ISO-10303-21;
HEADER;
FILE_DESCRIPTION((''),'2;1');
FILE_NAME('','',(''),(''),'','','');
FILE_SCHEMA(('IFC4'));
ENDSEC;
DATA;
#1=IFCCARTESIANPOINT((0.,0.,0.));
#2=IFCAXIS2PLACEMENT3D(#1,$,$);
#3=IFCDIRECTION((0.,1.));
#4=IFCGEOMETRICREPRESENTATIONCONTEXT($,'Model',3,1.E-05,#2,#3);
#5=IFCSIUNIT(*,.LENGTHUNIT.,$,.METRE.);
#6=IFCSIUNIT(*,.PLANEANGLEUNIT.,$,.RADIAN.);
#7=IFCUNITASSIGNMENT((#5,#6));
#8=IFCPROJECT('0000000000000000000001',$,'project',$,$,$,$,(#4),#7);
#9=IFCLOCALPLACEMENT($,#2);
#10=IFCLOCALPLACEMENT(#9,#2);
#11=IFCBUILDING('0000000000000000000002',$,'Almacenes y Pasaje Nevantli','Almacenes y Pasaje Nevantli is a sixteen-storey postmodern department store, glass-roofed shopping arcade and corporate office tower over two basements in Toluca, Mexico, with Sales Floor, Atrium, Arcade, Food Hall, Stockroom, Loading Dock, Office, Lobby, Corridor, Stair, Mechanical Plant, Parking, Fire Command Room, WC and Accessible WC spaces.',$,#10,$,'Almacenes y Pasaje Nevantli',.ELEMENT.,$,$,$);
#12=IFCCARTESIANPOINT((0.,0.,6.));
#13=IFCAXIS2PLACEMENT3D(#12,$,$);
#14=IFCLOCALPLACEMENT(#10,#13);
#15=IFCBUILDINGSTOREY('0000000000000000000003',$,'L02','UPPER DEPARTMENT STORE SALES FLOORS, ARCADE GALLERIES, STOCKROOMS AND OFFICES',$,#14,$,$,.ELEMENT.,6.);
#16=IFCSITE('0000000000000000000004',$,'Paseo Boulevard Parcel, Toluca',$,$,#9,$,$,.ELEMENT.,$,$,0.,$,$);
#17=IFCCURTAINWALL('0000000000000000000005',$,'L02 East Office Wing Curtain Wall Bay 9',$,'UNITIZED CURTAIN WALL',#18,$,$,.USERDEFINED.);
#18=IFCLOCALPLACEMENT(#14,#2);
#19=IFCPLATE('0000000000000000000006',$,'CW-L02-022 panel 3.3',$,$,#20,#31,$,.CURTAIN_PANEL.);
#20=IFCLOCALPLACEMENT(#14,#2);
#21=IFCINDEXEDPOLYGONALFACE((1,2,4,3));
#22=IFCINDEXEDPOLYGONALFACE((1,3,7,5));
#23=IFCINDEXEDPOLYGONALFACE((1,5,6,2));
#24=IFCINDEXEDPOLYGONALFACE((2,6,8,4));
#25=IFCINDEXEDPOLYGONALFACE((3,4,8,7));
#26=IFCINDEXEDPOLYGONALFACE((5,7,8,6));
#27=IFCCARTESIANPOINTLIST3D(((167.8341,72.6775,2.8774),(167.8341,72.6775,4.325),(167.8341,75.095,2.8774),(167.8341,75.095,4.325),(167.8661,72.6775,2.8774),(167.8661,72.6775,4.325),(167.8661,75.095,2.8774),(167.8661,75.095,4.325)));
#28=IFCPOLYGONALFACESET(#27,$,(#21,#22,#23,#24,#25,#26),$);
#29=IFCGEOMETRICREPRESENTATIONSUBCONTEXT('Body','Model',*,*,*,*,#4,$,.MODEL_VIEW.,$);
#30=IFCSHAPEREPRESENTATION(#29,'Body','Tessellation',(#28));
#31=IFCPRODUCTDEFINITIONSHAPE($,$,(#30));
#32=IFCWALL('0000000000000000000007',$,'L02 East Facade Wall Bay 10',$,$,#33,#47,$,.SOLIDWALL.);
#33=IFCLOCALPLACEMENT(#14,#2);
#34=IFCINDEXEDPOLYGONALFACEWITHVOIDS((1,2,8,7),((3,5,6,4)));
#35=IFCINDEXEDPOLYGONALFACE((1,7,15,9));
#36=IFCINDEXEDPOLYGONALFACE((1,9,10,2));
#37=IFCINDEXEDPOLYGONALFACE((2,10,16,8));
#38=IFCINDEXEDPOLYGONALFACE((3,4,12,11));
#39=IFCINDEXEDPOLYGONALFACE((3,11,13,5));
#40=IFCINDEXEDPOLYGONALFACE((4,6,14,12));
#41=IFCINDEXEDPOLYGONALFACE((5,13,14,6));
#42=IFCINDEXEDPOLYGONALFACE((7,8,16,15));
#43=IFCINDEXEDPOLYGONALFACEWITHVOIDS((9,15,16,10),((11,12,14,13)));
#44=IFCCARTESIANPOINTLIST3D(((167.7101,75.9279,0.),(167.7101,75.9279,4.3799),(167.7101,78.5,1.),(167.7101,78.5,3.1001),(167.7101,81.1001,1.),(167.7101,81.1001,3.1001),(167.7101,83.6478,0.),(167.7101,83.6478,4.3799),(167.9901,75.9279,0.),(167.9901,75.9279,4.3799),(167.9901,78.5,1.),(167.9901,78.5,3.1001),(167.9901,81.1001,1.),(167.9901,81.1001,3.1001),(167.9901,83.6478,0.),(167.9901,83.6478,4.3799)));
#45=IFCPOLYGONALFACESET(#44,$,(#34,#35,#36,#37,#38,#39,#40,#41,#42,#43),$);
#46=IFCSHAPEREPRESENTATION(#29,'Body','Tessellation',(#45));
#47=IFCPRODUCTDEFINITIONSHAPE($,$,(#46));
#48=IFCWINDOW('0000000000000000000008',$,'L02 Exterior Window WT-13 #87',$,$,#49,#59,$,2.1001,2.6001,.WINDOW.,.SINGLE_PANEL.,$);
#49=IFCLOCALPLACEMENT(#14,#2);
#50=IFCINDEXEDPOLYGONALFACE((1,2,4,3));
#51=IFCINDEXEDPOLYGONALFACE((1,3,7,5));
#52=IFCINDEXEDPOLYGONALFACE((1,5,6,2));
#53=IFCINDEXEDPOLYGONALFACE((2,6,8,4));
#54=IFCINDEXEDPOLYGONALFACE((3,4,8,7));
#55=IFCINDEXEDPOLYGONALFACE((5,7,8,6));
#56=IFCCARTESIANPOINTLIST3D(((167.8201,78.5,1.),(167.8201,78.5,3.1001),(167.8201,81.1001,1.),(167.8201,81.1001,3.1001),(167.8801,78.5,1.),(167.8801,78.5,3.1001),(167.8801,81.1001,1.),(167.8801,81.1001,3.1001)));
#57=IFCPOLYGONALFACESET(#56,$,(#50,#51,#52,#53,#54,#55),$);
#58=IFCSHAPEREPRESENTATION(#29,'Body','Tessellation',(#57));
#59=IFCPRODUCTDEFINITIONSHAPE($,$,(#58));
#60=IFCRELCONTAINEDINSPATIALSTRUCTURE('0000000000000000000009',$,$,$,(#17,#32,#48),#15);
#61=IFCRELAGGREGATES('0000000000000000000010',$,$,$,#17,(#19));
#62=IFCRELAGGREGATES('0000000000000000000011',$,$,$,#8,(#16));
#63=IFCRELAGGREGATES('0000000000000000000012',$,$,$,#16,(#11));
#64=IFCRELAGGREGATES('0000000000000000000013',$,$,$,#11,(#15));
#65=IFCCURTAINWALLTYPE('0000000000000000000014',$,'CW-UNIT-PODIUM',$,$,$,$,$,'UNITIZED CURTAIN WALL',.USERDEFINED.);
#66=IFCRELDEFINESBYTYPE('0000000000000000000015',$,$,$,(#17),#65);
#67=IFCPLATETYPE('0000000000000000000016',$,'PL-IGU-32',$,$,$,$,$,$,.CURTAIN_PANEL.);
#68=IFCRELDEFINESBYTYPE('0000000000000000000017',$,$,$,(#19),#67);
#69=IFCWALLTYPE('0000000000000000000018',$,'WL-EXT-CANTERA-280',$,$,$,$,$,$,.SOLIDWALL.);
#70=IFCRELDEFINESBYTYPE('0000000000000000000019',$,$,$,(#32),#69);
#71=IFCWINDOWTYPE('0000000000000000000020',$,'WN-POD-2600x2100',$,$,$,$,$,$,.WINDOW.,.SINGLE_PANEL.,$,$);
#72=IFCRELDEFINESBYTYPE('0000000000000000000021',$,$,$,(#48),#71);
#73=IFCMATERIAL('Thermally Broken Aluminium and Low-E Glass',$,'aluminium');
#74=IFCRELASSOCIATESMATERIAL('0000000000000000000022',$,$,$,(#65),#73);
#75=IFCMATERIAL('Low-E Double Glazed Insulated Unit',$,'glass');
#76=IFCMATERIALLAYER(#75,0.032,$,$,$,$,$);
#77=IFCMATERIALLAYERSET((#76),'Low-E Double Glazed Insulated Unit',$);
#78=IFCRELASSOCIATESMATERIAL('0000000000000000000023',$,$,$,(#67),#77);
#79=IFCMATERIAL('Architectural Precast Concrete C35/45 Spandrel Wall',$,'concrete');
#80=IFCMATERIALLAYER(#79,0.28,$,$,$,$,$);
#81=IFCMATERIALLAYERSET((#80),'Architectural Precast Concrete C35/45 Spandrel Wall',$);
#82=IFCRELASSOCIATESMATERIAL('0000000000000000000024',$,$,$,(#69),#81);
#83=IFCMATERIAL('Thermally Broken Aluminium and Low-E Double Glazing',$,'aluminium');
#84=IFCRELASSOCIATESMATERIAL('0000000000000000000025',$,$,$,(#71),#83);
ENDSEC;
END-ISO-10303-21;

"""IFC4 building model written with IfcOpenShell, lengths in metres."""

from ifc_helpers import new_model, si_unit, direction, frame, frame_2d, origin, origin_2d, place, context, subcontext, project, spatial, rectangle, extrude, material, layer, layer_set, type_object, element, fill, aggregate, save


model = new_model("IFC4")

# Units and contexts
model_context = context("Model", 3, precision=1e-05, world=origin(), true_north=direction((0.0, 1.0)))
body_context = subcontext(model_context, "Body", "Model", "MODEL_VIEW")
ifc_project = project(units=[si_unit("LENGTHUNIT", "METRE"), si_unit("PLANEANGLEUNIT", "RADIAN")], contexts=[model_context])

# Site, building, storey
site_placement = place(None, origin())
site = spatial("IfcSite", under=ifc_project, at=site_placement, Name="Paseo Boulevard Parcel, Toluca", CompositionType="ELEMENT", RefElevation=0.0)
building_placement = place(site_placement, origin())
building = spatial("IfcBuilding", under=site, at=building_placement, Name="Almacenes y Pasaje Nevantli", Description="Almacenes y Pasaje Nevantli is a sixteen-storey postmodern department store, glass-roofed shopping arcade and corporate office tower over two basements in Toluca, Mexico, with Sales Floor, Atrium, Arcade, Food Hall, Stockroom, Loading Dock, Office, Lobby, Corridor, Stair, Mechanical Plant, Parking, Fire Command Room, WC and Accessible WC spaces.", LongName="Almacenes y Pasaje Nevantli", CompositionType="ELEMENT")
storey_placement = place(building_placement, frame((0.0, 0.0, 6.0)))
storey = spatial("IfcBuildingStorey", under=building, at=storey_placement, Name="L02", Description="UPPER DEPARTMENT STORE SALES FLOORS, ARCADE GALLERIES, STOCKROOMS AND OFFICES", CompositionType="ELEMENT", Elevation=6.0)

# Curtain wall, plate
ifc_material_1 = material(Name="Thermally Broken Aluminium and Low-E Glass", Category="aluminium")
curtain_wall_type = type_object("IfcCurtainWallType", Name="CW-UNIT-PODIUM", ElementType="UNITIZED CURTAIN WALL", PredefinedType="USERDEFINED", material=ifc_material_1)
curtain_wall_placement = place(storey_placement, origin())
curtain_wall = element("IfcCurtainWall", 1, at=curtain_wall_placement, inside=storey, type_object=curtain_wall_type, Name="L02 East Office Wing Curtain Wall Bay 9", ObjectType="UNITIZED CURTAIN WALL", PredefinedType="USERDEFINED")
ifc_material_2 = material(Name="Low-E Double Glazed Insulated Unit", Category="glass")
ifc_layer_1 = layer(ifc_material_2, 0.032)
ifc_layer_set_1 = layer_set([ifc_layer_1], Name="Low-E Double Glazed Insulated Unit")
plate_type = type_object("IfcPlateType", Name="PL-IGU-32", PredefinedType="CURTAIN_PANEL", material=ifc_layer_set_1)
plate_1_placement = place(storey_placement, frame((167.8501, 73.8862, 2.8774), z_axis=(0.0, 0.0, 1.0), x_axis=(0.0, 1.0, 0.0)))
plate_1 = element("IfcPlate", 2, at=plate_1_placement, type_object=plate_type, Name="CW-L02-022 panel 3.3", PredefinedType="CURTAIN_PANEL", context=body_context, shape_type="SweptSolid", body=[
    extrude(rectangle(XDim=2.4175, YDim=0.032, at=origin_2d()), origin(), (0.0, 0.0, 1.0), 1.4475),
])
aggregate(curtain_wall, [plate_1])

# Wall, opening, window
ifc_material_3 = material(Name="Architectural Precast Concrete C35/45 Spandrel Wall", Category="concrete")
ifc_layer_2 = layer(ifc_material_3, 0.28)
ifc_layer_set_2 = layer_set([ifc_layer_2], Name="Architectural Precast Concrete C35/45 Spandrel Wall")
wall_type = type_object("IfcWallType", Name="WL-EXT-CANTERA-280", PredefinedType="SOLIDWALL", material=ifc_layer_set_2)
wall_placement = place(storey_placement, frame((167.8501, 75.928, 0.0), z_axis=(0.0, 0.0, 1.0), x_axis=(0.0, 1.0, 0.0)))
wall = element("IfcWall", 3, at=wall_placement, inside=storey, type_object=wall_type, Name="L02 East Facade Wall Bay 10", PredefinedType="SOLIDWALL", context=body_context, shape_type="SweptSolid", body=[
    extrude(rectangle(XDim=7.72, YDim=0.28, at=frame_2d((3.8599, 0.0))), origin(), (0.0, 0.0, 1.0), 4.3799),
])
opening_placement = place(wall_placement, frame((2.572, 0.0, 1.0)))
opening = element("IfcOpeningElement", 4, at=opening_placement, cuts=wall, PredefinedType="OPENING", context=body_context, shape_type="SweptSolid", body=[
    extrude(rectangle(XDim=2.6001, YDim=2.1001, at=frame_2d((1.3, 1.05))), frame((0.0, 0.1499, 0.0), z_axis=(0.0, -1.0, 0.0), x_axis=(1.0, 0.0, 0.0)), (0.0, 0.0, 1.0), 0.3),
])
ifc_material_4 = material(Name="Thermally Broken Aluminium and Low-E Double Glazing", Category="aluminium")
window_type = type_object("IfcWindowType", Name="WN-POD-2600x2100", PartitioningType="SINGLE_PANEL", PredefinedType="WINDOW", material=ifc_material_4)
window_placement = place(opening_placement, origin())
window = element("IfcWindow", 5, at=window_placement, inside=storey, type_object=window_type, Name="L02 Exterior Window WT-13 #87", OverallHeight=2.1001, OverallWidth=2.6001, PartitioningType="SINGLE_PANEL", PredefinedType="WINDOW", context=body_context, shape_type="SweptSolid", body=[
    extrude(rectangle(XDim=2.6001, YDim=2.1001, at=frame_2d((1.3, 1.05))), frame((0.0, 0.03, 0.0), z_axis=(0.0, -1.0, 0.0), x_axis=(1.0, 0.0, 0.0)), (0.0, 0.0, 1.0), 0.0601),
])
fill(opening, window)

save(model, "model.ifc")
